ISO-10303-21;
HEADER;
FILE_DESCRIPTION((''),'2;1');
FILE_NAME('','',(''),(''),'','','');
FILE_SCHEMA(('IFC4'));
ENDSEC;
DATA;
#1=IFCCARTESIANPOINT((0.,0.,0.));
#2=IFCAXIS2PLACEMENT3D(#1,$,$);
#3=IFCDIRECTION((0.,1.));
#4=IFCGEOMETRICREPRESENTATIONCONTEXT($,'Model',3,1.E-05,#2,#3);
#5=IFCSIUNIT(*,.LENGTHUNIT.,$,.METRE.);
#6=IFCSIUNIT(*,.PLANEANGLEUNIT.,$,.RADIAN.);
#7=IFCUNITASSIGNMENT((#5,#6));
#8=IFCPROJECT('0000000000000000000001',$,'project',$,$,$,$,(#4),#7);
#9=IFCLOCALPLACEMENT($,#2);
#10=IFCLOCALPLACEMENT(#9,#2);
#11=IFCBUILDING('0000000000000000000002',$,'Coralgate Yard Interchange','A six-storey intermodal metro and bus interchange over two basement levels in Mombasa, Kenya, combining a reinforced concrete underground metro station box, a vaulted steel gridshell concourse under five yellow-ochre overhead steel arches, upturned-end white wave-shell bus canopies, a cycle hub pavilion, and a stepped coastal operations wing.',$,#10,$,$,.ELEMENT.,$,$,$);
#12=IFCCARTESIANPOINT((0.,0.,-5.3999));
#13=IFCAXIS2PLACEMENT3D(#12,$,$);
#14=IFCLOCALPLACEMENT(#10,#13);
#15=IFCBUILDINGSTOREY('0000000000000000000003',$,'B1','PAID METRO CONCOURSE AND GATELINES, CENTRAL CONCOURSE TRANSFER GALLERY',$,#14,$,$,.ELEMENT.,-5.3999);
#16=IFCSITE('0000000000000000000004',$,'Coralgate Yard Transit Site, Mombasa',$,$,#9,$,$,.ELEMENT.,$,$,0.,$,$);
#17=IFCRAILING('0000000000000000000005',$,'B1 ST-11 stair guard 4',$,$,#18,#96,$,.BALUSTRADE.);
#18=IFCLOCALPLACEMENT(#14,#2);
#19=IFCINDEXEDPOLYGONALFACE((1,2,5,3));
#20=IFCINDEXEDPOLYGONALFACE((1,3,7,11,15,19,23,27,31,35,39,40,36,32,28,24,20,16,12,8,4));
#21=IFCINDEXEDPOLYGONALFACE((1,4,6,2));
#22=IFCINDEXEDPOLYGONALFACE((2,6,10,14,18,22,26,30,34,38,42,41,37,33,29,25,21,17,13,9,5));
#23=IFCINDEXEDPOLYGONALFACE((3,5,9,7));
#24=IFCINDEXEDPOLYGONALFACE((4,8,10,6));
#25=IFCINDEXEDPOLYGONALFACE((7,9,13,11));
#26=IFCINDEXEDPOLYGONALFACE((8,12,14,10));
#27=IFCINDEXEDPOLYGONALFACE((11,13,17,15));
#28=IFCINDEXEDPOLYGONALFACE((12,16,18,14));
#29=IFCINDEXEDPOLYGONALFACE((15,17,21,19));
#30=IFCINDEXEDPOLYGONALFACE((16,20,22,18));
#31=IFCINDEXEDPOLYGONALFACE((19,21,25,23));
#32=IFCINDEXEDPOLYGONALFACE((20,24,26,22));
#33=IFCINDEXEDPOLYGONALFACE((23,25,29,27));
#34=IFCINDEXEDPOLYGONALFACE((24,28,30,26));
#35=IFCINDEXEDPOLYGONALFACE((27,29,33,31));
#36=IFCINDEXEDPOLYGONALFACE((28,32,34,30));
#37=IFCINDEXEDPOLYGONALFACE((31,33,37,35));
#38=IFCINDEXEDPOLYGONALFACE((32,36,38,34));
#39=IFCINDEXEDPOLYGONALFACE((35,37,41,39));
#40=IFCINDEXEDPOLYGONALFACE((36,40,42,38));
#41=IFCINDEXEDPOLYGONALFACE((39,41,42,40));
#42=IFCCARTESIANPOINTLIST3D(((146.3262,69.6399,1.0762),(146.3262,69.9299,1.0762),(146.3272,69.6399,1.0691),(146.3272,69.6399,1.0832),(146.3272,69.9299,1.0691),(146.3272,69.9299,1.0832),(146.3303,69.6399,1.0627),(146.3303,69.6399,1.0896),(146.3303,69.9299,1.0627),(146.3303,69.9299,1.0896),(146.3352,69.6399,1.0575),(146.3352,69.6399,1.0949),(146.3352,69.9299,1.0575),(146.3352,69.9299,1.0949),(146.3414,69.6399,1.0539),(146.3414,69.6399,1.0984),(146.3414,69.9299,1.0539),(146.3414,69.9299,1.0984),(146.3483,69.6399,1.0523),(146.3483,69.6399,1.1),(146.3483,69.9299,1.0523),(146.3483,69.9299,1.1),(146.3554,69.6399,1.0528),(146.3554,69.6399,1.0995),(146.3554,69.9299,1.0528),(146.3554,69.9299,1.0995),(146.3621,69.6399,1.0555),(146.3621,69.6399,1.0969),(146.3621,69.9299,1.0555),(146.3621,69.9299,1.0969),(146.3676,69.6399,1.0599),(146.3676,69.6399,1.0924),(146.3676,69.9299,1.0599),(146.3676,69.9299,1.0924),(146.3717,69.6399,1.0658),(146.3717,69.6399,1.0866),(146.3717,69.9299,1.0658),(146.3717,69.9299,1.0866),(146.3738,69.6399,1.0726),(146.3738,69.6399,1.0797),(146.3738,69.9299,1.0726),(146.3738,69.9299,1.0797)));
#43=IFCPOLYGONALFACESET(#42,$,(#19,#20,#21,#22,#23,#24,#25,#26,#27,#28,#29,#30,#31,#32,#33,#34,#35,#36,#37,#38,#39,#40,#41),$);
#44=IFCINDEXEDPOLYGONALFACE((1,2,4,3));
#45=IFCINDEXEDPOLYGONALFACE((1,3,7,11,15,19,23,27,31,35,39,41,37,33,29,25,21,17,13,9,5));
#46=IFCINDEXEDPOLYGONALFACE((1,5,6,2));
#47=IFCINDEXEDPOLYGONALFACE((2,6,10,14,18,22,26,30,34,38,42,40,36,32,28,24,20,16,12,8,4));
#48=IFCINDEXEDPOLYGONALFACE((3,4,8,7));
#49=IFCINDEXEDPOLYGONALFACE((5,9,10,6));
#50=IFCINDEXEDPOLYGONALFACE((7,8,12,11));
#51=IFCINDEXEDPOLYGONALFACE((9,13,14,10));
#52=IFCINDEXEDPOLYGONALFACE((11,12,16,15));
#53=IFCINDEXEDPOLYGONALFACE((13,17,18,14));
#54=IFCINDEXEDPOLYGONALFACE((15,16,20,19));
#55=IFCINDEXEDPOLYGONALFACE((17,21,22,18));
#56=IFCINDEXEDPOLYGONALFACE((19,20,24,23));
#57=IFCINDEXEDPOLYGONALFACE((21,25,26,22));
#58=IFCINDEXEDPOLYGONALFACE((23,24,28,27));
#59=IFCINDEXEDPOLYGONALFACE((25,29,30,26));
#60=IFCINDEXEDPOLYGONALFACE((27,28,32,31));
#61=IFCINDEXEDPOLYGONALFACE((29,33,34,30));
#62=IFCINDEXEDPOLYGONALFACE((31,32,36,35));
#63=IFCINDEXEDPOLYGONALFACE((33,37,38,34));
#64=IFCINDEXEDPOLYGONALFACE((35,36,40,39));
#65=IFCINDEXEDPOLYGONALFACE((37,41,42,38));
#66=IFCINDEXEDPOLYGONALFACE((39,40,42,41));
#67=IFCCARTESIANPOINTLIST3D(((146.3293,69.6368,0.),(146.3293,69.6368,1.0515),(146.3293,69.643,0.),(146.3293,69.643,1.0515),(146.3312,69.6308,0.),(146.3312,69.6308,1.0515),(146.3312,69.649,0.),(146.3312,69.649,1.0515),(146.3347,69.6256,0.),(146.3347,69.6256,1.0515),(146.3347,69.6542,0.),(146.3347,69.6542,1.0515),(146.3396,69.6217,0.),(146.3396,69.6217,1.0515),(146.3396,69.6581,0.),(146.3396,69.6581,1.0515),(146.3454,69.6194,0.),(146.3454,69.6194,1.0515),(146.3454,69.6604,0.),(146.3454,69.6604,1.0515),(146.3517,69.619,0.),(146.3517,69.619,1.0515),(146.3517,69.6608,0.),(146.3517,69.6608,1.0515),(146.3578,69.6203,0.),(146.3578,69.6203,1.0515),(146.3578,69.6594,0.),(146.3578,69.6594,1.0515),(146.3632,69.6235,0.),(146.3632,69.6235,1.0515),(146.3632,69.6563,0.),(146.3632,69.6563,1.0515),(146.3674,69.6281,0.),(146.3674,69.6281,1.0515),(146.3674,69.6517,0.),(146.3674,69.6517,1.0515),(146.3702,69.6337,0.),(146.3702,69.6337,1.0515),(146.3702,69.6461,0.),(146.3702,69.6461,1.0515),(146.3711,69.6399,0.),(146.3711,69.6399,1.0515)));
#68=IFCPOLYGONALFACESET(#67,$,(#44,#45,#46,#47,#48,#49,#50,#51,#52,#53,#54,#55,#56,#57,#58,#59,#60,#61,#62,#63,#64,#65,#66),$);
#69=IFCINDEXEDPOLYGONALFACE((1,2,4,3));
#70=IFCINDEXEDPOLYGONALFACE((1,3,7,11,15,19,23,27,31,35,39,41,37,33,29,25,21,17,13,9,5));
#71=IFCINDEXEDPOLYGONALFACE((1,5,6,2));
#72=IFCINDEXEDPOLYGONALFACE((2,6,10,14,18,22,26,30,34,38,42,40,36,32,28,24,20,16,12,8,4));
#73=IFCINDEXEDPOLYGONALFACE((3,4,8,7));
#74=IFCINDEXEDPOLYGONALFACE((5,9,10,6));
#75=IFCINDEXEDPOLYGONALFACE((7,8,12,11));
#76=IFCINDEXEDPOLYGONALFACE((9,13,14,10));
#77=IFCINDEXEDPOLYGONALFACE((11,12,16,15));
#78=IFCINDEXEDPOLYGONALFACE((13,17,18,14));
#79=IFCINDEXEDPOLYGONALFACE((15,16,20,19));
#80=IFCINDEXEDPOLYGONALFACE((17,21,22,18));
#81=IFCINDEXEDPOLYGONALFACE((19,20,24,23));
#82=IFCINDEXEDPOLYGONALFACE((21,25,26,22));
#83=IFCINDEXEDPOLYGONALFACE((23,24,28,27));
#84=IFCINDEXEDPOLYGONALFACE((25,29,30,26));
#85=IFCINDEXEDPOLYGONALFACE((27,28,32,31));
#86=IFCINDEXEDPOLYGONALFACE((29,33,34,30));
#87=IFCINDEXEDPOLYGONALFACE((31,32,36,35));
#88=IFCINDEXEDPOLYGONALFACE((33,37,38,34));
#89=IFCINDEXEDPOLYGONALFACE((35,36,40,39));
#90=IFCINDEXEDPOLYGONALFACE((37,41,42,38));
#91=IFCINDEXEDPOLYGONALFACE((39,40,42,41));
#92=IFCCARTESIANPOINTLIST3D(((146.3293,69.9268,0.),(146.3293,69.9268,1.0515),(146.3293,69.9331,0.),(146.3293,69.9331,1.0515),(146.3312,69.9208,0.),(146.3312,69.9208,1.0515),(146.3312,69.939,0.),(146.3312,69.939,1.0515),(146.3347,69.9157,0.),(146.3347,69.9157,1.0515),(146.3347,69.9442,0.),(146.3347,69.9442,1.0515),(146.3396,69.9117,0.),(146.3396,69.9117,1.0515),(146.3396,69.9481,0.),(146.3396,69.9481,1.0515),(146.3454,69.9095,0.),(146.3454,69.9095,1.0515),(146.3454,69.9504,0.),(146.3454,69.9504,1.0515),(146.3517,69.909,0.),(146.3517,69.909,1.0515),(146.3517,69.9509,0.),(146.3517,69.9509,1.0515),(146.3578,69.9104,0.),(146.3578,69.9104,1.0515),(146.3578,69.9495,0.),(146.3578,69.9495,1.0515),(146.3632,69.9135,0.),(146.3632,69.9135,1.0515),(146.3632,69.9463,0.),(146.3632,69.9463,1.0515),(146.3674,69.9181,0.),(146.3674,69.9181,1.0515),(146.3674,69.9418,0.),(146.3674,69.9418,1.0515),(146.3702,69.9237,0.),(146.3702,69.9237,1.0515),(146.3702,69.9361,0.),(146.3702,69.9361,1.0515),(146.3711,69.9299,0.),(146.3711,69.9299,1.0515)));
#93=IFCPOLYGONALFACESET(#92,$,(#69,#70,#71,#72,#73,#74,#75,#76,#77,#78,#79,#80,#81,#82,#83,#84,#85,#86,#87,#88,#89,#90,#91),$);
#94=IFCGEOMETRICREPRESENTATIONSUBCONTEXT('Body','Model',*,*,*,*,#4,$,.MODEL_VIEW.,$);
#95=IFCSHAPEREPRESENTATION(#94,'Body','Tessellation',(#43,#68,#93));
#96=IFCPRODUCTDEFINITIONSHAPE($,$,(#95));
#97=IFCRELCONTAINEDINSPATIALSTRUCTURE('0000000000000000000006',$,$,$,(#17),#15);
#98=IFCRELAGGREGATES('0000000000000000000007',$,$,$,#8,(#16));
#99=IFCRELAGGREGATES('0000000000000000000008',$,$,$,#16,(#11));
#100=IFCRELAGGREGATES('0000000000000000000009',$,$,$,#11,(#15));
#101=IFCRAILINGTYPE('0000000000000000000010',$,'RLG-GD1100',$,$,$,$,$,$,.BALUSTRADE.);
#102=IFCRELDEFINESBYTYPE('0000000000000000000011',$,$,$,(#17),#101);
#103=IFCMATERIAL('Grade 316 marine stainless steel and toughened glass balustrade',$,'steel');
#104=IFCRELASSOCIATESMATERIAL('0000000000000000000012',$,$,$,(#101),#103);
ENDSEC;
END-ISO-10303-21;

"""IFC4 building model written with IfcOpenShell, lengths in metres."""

from ifc_helpers import new_model, si_unit, direction, frame, origin, origin_2d, place, context, subcontext, project, spatial, circle, extrude, material, type_object, element, save


model = new_model("IFC4")

# Units and contexts
model_context = context("Model", 3, precision=1e-05, world=origin(), true_north=direction((0.0, 1.0)))
body_context = subcontext(model_context, "Body", "Model", "MODEL_VIEW")
ifc_project = project(units=[si_unit("LENGTHUNIT", "METRE"), si_unit("PLANEANGLEUNIT", "RADIAN")], contexts=[model_context])

# Site, building, storey
site_placement = place(None, origin())
site = spatial("IfcSite", under=ifc_project, at=site_placement, Name="Coralgate Yard Transit Site, Mombasa", CompositionType="ELEMENT", RefElevation=0.0)
building_placement = place(site_placement, origin())
building = spatial("IfcBuilding", under=site, at=building_placement, Name="Coralgate Yard Interchange", Description="A six-storey intermodal metro and bus interchange over two basement levels in Mombasa, Kenya, combining a reinforced concrete underground metro station box, a vaulted steel gridshell concourse under five yellow-ochre overhead steel arches, upturned-end white wave-shell bus canopies, a cycle hub pavilion, and a stepped coastal operations wing.", CompositionType="ELEMENT")
storey_placement = place(building_placement, frame((0.0, 0.0, -5.3999)))
storey = spatial("IfcBuildingStorey", under=building, at=storey_placement, Name="B1", Description="PAID METRO CONCOURSE AND GATELINES, CENTRAL CONCOURSE TRANSFER GALLERY", CompositionType="ELEMENT", Elevation=-5.3999)

# Railing
ifc_material_1 = material(Name="Grade 316 marine stainless steel and toughened glass balustrade", Category="steel")
railing_type_1 = type_object("IfcRailingType", Name="RLG-GD1100", PredefinedType="BALUSTRADE", material=ifc_material_1)
railing_1_placement = place(storey_placement, frame((146.3501, 69.6399, 0.0)))
element("IfcRailing", 1, at=railing_1_placement, inside=storey, type_object=railing_type_1, Name="B1 ST-11 stair guard 4", PredefinedType="BALUSTRADE", context=body_context, shape_type="SweptSolid", body=[
    extrude(circle(Radius=0.0239, at=origin_2d()), frame((0.0, 0.0, 1.0762), z_axis=(0.0, 1.0, 0.0), x_axis=(-1.0, 0.0, 0.0)), (0.0, 0.0, 1.0), 0.29),
    extrude(circle(Radius=0.021, at=origin_2d()), origin(), (0.0, 0.0, 1.0), 1.0515),
    extrude(circle(Radius=0.021, at=origin_2d()), frame((0.0, 0.29, 0.0)), (0.0, 0.0, 1.0), 1.0515),
])

save(model, "model.ifc")
